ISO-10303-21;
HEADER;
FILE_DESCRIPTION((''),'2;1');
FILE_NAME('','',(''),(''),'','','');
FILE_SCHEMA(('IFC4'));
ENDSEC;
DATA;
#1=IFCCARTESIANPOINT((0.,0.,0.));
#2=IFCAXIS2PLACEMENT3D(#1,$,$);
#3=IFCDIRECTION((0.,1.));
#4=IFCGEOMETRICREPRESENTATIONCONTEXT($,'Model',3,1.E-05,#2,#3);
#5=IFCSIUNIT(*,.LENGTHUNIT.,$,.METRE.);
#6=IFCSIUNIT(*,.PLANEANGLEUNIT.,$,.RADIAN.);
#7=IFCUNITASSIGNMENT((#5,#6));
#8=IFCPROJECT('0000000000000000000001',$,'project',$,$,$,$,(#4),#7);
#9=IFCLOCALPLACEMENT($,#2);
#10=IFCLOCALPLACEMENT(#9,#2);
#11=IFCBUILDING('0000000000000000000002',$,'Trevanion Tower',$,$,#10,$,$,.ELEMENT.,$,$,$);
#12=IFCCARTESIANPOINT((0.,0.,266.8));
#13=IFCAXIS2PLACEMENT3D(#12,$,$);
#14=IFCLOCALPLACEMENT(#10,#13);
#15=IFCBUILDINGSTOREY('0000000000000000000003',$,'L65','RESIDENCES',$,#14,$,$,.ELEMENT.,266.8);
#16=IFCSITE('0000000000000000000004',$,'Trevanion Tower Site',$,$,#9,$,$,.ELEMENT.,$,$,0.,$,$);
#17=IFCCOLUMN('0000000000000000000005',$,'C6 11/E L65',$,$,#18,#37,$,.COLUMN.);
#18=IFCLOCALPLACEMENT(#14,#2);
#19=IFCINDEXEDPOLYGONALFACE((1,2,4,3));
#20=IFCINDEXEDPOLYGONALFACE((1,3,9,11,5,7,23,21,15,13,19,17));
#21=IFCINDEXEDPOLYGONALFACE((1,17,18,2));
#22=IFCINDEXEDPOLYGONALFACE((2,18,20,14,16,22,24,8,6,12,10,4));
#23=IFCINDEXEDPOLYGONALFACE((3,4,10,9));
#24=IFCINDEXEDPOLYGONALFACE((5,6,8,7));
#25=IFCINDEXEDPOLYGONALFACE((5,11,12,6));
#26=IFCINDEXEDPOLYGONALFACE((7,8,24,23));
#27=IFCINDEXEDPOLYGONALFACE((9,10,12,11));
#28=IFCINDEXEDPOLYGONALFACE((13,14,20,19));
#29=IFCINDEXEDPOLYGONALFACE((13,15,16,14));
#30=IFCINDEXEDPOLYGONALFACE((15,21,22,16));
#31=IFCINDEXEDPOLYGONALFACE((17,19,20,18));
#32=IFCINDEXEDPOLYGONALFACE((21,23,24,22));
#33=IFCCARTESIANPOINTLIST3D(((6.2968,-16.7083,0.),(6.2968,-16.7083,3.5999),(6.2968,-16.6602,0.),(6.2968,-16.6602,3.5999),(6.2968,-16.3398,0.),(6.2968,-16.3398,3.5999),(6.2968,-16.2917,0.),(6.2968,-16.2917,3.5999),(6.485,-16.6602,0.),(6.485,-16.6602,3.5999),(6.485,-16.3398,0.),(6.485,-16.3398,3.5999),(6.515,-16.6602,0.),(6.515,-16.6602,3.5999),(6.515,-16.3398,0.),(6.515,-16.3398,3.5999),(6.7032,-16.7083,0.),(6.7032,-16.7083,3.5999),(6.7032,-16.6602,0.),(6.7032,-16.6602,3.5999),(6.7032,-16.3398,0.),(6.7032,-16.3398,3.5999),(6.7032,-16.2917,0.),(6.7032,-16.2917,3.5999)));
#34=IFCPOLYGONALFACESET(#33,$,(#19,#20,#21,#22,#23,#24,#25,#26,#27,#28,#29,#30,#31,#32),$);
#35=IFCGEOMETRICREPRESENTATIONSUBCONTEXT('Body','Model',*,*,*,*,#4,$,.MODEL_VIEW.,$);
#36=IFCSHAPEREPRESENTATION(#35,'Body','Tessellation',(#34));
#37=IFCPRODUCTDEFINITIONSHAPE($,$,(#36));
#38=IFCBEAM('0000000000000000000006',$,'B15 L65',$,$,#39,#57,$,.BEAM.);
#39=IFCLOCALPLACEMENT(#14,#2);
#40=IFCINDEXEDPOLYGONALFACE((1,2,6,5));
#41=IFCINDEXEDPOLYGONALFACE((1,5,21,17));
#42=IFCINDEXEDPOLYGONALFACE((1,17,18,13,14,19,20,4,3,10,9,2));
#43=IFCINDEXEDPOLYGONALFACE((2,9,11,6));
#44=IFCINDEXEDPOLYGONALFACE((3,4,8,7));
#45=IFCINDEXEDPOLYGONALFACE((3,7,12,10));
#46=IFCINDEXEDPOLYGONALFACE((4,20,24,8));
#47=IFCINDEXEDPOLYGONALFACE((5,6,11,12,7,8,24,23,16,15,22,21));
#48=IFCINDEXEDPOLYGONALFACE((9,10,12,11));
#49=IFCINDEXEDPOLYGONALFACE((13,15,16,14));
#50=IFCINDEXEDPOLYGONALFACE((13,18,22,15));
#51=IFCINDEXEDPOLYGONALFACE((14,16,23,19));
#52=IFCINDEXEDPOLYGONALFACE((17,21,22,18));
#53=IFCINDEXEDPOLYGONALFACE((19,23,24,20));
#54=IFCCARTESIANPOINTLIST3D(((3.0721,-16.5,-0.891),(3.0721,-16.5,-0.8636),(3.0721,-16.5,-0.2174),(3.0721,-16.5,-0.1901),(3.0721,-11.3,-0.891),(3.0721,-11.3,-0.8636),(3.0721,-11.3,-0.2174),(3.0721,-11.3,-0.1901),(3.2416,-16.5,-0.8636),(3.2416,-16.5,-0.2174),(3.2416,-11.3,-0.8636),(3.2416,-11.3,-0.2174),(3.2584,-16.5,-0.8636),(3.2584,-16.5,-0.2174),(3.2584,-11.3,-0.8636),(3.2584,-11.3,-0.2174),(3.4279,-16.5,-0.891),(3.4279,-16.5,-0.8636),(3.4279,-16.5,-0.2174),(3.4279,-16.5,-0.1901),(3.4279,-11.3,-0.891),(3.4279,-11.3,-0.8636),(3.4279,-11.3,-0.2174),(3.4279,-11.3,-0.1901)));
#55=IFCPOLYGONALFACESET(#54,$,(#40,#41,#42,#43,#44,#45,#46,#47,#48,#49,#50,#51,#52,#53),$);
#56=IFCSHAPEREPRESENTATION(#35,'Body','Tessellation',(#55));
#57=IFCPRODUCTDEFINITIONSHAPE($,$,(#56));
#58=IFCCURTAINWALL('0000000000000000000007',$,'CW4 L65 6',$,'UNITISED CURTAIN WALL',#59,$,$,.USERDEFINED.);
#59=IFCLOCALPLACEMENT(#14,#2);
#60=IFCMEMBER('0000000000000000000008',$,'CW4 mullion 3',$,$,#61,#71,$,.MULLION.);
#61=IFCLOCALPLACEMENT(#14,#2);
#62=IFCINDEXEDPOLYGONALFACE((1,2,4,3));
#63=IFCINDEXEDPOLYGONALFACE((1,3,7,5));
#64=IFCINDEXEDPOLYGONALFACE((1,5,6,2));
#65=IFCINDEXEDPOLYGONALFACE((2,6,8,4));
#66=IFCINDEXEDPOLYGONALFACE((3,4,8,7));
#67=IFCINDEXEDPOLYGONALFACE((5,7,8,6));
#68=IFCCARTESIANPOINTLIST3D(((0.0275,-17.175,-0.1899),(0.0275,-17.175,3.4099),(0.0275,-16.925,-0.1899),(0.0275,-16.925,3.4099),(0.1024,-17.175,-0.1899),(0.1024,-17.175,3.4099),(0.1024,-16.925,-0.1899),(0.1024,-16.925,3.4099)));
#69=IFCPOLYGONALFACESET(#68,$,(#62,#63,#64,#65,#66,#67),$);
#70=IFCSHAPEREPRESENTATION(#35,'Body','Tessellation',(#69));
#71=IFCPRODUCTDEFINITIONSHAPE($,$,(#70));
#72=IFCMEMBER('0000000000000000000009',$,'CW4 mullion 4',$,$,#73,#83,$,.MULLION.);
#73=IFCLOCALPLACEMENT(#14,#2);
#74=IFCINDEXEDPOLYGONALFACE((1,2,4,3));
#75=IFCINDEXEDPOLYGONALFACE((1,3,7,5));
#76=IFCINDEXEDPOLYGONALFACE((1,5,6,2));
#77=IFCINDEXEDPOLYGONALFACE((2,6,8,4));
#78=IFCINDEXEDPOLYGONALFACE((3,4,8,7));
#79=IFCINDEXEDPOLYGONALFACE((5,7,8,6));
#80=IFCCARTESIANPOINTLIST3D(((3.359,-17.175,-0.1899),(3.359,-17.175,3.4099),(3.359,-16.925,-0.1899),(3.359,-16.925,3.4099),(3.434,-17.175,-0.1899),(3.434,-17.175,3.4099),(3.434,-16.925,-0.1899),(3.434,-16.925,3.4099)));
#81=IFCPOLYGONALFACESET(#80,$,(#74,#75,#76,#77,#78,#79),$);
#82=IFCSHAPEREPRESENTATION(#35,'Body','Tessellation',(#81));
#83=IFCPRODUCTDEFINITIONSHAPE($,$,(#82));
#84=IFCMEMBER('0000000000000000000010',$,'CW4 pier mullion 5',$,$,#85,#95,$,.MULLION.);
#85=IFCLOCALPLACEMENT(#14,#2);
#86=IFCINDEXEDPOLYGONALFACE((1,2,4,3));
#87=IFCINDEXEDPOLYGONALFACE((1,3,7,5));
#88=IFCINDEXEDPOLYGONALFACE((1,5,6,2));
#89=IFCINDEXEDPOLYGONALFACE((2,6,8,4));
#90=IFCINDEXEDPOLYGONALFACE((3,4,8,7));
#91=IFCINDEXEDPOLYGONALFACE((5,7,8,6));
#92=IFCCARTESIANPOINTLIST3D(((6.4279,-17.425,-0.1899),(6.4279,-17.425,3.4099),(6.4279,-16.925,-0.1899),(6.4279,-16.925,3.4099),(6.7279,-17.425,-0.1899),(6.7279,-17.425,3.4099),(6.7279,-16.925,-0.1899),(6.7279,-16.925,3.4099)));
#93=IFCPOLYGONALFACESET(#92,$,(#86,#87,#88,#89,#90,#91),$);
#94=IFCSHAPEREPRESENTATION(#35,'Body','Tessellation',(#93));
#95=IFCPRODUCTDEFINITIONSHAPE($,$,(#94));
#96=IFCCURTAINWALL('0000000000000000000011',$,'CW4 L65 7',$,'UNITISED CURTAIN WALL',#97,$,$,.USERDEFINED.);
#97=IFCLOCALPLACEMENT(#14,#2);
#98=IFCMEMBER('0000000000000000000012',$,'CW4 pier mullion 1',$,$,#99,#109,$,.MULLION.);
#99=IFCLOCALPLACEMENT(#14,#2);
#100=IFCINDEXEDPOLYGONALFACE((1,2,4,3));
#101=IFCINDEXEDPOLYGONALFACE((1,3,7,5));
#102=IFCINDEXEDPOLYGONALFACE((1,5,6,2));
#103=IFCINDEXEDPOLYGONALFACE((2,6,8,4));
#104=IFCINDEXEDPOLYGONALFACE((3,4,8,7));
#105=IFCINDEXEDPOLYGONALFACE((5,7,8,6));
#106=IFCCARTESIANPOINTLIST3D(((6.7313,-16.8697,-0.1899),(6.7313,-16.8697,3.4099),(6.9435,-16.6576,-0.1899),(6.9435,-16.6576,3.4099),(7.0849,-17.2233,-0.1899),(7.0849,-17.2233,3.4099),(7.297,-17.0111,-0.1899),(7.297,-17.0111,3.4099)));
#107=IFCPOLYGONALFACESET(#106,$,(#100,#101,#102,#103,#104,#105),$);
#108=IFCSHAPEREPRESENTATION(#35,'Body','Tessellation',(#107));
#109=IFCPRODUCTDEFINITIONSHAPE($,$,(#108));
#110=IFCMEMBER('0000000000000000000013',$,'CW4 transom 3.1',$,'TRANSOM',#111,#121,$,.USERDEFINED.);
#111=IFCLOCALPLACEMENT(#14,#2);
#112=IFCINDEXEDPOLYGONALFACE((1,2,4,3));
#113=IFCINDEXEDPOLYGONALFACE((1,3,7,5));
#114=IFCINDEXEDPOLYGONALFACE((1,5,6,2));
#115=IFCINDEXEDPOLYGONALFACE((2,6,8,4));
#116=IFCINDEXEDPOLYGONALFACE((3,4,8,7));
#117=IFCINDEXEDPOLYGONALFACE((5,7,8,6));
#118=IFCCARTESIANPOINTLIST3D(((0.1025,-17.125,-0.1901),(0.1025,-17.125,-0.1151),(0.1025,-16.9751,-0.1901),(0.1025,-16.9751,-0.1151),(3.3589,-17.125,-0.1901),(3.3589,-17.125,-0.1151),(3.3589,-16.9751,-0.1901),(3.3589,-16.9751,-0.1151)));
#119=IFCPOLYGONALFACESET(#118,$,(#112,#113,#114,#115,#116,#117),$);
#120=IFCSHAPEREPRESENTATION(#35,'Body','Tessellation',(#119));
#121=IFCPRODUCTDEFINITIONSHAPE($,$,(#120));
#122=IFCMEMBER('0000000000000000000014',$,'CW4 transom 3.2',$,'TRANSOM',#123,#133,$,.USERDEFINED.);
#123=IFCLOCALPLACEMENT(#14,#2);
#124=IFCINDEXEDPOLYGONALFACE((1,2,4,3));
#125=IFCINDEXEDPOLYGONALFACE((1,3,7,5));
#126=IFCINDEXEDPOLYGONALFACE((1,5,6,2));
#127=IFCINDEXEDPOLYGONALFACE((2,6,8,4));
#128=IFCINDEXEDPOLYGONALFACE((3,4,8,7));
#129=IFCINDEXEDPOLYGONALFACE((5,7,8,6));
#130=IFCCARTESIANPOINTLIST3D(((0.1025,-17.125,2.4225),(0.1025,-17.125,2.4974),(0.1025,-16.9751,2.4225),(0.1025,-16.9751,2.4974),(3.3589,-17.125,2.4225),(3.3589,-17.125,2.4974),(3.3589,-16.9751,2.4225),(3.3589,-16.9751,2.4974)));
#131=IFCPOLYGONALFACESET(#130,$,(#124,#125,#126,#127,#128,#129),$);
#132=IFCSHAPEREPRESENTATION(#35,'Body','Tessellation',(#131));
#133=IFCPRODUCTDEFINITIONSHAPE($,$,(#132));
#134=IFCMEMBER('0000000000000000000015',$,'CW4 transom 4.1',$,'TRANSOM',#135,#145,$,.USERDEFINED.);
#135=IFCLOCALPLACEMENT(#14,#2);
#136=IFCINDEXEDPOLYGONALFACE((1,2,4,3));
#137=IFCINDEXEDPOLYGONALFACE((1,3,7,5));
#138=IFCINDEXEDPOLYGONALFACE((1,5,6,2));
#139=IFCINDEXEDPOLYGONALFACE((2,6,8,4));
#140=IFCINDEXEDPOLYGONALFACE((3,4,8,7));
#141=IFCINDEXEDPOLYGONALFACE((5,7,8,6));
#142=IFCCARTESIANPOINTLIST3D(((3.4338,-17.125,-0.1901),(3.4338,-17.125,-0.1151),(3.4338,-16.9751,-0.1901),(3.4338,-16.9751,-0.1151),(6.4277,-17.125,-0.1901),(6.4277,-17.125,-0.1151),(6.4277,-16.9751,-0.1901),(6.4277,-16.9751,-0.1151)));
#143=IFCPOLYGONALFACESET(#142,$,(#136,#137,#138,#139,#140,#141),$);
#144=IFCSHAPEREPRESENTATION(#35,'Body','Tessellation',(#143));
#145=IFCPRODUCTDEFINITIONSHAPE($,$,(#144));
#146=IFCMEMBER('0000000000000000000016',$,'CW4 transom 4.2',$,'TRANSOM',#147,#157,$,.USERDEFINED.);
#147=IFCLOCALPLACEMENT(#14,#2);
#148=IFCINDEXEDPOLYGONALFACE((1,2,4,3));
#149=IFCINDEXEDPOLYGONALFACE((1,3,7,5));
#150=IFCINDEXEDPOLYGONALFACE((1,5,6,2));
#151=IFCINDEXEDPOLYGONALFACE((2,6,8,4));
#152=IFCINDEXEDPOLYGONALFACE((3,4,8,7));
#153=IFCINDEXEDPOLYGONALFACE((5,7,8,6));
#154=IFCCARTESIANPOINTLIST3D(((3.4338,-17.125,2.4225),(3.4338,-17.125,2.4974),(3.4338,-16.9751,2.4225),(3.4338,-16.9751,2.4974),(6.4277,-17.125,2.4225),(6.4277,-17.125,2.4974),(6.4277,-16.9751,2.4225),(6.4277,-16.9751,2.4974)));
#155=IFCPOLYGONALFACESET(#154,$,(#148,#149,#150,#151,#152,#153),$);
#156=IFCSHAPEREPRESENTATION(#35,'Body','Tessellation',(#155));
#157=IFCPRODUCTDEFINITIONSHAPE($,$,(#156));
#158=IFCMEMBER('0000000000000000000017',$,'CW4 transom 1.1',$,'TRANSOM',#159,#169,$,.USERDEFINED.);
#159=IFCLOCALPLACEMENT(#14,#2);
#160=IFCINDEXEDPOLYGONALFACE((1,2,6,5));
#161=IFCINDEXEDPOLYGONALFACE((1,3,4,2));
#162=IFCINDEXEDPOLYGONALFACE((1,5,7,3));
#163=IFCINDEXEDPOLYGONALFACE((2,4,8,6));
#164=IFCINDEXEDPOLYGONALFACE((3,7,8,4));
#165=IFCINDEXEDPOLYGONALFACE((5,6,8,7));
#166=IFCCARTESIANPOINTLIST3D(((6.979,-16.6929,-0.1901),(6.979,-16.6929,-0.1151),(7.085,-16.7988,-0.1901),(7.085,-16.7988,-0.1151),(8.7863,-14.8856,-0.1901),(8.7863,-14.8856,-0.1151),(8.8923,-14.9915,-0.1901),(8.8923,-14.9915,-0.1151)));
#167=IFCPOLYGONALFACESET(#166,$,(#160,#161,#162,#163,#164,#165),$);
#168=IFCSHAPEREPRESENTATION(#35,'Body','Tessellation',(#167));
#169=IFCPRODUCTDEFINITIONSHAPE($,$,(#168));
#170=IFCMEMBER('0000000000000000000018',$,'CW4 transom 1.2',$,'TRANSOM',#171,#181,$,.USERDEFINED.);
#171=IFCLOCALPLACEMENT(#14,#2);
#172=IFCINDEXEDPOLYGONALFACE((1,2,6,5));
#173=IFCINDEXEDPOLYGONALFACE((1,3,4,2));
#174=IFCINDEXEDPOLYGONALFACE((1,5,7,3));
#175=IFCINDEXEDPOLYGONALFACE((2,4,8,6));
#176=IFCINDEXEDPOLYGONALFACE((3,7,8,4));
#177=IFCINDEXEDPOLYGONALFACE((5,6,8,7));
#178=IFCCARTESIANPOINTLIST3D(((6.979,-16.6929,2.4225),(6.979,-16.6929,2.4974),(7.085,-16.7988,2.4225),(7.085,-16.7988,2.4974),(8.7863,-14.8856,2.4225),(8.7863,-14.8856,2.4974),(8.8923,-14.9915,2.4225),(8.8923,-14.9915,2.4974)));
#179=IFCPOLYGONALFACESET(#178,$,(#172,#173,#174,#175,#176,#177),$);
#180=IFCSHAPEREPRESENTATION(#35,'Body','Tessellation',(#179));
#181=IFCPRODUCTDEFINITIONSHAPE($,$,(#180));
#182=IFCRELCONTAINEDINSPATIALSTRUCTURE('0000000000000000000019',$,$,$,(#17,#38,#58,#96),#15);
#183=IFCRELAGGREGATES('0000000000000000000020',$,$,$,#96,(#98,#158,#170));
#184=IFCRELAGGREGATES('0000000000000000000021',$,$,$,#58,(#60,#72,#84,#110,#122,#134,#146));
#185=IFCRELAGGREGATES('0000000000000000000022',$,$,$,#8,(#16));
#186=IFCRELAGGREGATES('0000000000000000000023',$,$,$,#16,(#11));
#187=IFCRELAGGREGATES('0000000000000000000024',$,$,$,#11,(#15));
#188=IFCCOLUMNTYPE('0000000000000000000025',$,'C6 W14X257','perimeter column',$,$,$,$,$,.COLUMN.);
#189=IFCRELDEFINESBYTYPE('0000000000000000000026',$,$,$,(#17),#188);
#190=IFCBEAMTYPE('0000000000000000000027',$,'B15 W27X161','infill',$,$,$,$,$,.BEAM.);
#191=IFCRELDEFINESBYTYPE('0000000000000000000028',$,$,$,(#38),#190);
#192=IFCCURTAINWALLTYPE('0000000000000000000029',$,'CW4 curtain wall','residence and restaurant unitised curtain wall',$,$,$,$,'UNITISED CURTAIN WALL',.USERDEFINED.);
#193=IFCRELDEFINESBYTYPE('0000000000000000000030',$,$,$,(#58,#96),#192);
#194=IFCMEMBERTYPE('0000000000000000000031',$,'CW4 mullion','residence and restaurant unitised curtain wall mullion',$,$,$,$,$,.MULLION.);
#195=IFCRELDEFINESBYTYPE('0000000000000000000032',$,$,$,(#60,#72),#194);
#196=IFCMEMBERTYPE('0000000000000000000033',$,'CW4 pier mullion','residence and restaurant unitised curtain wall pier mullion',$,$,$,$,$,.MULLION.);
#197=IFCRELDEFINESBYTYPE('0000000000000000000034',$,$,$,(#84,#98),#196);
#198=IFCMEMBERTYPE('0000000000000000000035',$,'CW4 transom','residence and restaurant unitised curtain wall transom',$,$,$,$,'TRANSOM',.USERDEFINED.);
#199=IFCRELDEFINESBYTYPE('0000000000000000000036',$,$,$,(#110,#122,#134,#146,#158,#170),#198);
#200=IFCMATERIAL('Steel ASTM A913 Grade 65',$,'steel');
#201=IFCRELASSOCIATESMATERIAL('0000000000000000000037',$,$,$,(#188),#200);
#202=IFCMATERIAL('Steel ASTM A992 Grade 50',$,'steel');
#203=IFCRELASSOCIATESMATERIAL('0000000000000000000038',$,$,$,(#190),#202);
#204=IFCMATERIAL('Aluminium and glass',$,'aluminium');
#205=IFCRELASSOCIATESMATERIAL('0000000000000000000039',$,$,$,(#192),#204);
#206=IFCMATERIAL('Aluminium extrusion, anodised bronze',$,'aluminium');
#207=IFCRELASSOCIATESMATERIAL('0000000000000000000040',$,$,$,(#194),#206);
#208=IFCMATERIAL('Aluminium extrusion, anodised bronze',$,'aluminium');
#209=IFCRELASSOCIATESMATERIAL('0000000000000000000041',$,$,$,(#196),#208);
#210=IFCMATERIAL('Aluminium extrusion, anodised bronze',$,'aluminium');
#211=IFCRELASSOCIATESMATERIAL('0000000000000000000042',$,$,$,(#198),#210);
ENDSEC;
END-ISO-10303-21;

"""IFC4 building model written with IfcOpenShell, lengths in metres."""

from ifc_helpers import new_model, si_unit, direction, frame, origin, origin_2d, place, context, subcontext, project, spatial, rectangle, i_section, extrude, material, material_profile, profile_set, type_object, element, aggregate, save


model = new_model("IFC4")

# Units and contexts
model_context = context("Model", 3, precision=1e-05, world=origin(), true_north=direction((0.0, 1.0)))
body_context = subcontext(model_context, "Body", "Model", "MODEL_VIEW")
ifc_project = project(units=[si_unit("LENGTHUNIT", "METRE"), si_unit("PLANEANGLEUNIT", "RADIAN")], contexts=[model_context])

# Site, building, storey
site_placement = place(None, origin())
site = spatial("IfcSite", under=ifc_project, at=site_placement, Name="Trevanion Tower Site", CompositionType="ELEMENT", RefElevation=0.0)
building_placement = place(site_placement, origin())
building = spatial("IfcBuilding", under=site, at=building_placement, Name="Trevanion Tower", CompositionType="ELEMENT")
storey_placement = place(building_placement, frame((0.0, 0.0, 266.8)))
storey = spatial("IfcBuildingStorey", under=building, at=storey_placement, Name="L65", Description="RESIDENCES", CompositionType="ELEMENT", Elevation=266.8)

# Column
ifc_material_1 = material(Name="Steel ASTM A913 Grade 65", Category="steel")
ifc_material_profile_1 = material_profile(ifc_material_1, i_section(OverallWidth=0.4065, OverallDepth=0.4165, WebThickness=0.03, FlangeThickness=0.0481, at=origin_2d()), Name="W14X257")
ifc_profile_set_1 = profile_set([ifc_material_profile_1], Name="Steel ASTM A913 Grade 65")
column_type = type_object("IfcColumnType", Name="C6 W14X257", Description="perimeter column", PredefinedType="COLUMN", material=ifc_profile_set_1)
column_placement = place(storey_placement, frame((6.5, -16.5, 0.0), z_axis=(0.0, 0.0, 1.0), x_axis=(1.0, 0.0, 0.0)))
element("IfcColumn", 1, at=column_placement, inside=storey, type_object=column_type, Name="C6 11/E L65", PredefinedType="COLUMN", context=body_context, shape_type="SweptSolid", body=[
    extrude(i_section(OverallWidth=0.4065, OverallDepth=0.4165, WebThickness=0.03, FlangeThickness=0.0481, at=origin_2d()), origin(), (0.0, 0.0, 1.0), 3.5999),
])

# Beam
ifc_material_2 = material(Name="Steel ASTM A992 Grade 50", Category="steel")
ifc_material_profile_2 = material_profile(ifc_material_2, i_section(OverallWidth=0.3557, OverallDepth=0.7009, WebThickness=0.0168, FlangeThickness=0.0273, at=origin_2d()), Name="W27X161")
ifc_profile_set_2 = profile_set([ifc_material_profile_2], Name="Steel ASTM A992 Grade 50")
beam_type_1 = type_object("IfcBeamType", Name="B15 W27X161", Description="infill", PredefinedType="BEAM", material=ifc_profile_set_2)
beam_1_placement = place(storey_placement, frame((3.25, -11.3, -0.5405), z_axis=(0.0, -1.0, 0.0), x_axis=(1.0, 0.0, 0.0)))
element("IfcBeam", 2, at=beam_1_placement, inside=storey, type_object=beam_type_1, Name="B15 L65", PredefinedType="BEAM", context=body_context, shape_type="SweptSolid", body=[
    extrude(i_section(OverallWidth=0.3557, OverallDepth=0.7009, WebThickness=0.0168, FlangeThickness=0.0273, at=origin_2d()), origin(), (0.0, 0.0, 1.0), 5.2),
])

# Curtain wall, members
ifc_material_3 = material(Name="Aluminium and glass", Category="aluminium")
curtain_wall_type = type_object("IfcCurtainWallType", Name="CW4 curtain wall", Description="residence and restaurant unitised curtain wall", ElementType="UNITISED CURTAIN WALL", PredefinedType="USERDEFINED", material=ifc_material_3)
curtain_wall_1_placement = place(storey_placement, origin())
curtain_wall_1 = element("IfcCurtainWall", 3, at=curtain_wall_1_placement, inside=storey, type_object=curtain_wall_type, Name="CW4 L65 6", ObjectType="UNITISED CURTAIN WALL", PredefinedType="USERDEFINED")
ifc_material_4 = material(Name="Aluminium extrusion, anodised bronze", Category="aluminium")
ifc_material_profile_3 = material_profile(ifc_material_4, rectangle(XDim=0.075, YDim=0.25, at=origin_2d()), Name="CW4 mullion")
ifc_profile_set_3 = profile_set([ifc_material_profile_3], Name="Aluminium extrusion, anodised bronze")
member_type_1 = type_object("IfcMemberType", Name="CW4 mullion", Description="residence and restaurant unitised curtain wall mullion", PredefinedType="MULLION", material=ifc_profile_set_3)
member_1_placement = place(storey_placement, frame((0.0649, -17.05, -0.1899), z_axis=(0.0, 0.0, 1.0), x_axis=(1.0, 0.0, 0.0)))
member_1 = element("IfcMember", 4, at=member_1_placement, type_object=member_type_1, Name="CW4 mullion 3", PredefinedType="MULLION", context=body_context, shape_type="SweptSolid", body=[
    extrude(rectangle(XDim=0.075, YDim=0.25, at=origin_2d()), origin(), (0.0, 0.0, 1.0), 3.5999),
])
member_2_placement = place(storey_placement, frame((3.3965, -17.05, -0.1899), z_axis=(0.0, 0.0, 1.0), x_axis=(1.0, 0.0, 0.0)))
member_2 = element("IfcMember", 5, at=member_2_placement, type_object=member_type_1, Name="CW4 mullion 4", PredefinedType="MULLION", context=body_context, shape_type="SweptSolid", body=[
    extrude(rectangle(XDim=0.075, YDim=0.25, at=origin_2d()), origin(), (0.0, 0.0, 1.0), 3.5999),
])
ifc_material_5 = material(Name="Aluminium extrusion, anodised bronze", Category="aluminium")
ifc_material_profile_4 = material_profile(ifc_material_5, rectangle(XDim=0.3, YDim=0.5, at=origin_2d()), Name="CW4 pier mullion")
ifc_profile_set_4 = profile_set([ifc_material_profile_4], Name="Aluminium extrusion, anodised bronze")
member_type_2 = type_object("IfcMemberType", Name="CW4 pier mullion", Description="residence and restaurant unitised curtain wall pier mullion", PredefinedType="MULLION", material=ifc_profile_set_4)
member_3_placement = place(storey_placement, frame((6.5779, -17.175, -0.1899), z_axis=(0.0, 0.0, 1.0), x_axis=(1.0, 0.0, 0.0)))
member_3 = element("IfcMember", 6, at=member_3_placement, type_object=member_type_2, Name="CW4 pier mullion 5", PredefinedType="MULLION", context=body_context, shape_type="SweptSolid", body=[
    extrude(rectangle(XDim=0.3, YDim=0.5, at=origin_2d()), origin(), (0.0, 0.0, 1.0), 3.5999),
])

# Curtain wall, member
curtain_wall_2_placement = place(storey_placement, origin())
curtain_wall_2 = element("IfcCurtainWall", 7, at=curtain_wall_2_placement, inside=storey, type_object=curtain_wall_type, Name="CW4 L65 7", ObjectType="UNITISED CURTAIN WALL", PredefinedType="USERDEFINED")
member_4_placement = place(storey_placement, frame((7.0142, -16.9404, -0.1899), z_axis=(0.0, 0.0, 1.0), x_axis=(0.707107, 0.707107, 0.0)))
member_4 = element("IfcMember", 8, at=member_4_placement, type_object=member_type_2, Name="CW4 pier mullion 1", PredefinedType="MULLION", context=body_context, shape_type="SweptSolid", body=[
    extrude(rectangle(XDim=0.3, YDim=0.5, at=origin_2d()), origin(), (0.0, 0.0, 1.0), 3.5999),
])

# Members
ifc_material_6 = material(Name="Aluminium extrusion, anodised bronze", Category="aluminium")
ifc_material_profile_5 = material_profile(ifc_material_6, rectangle(XDim=0.1499, YDim=0.075, at=origin_2d()), Name="CW4 transom")
ifc_profile_set_5 = profile_set([ifc_material_profile_5], Name="Aluminium extrusion, anodised bronze")
member_type_3 = type_object("IfcMemberType", Name="CW4 transom", Description="residence and restaurant unitised curtain wall transom", ElementType="TRANSOM", PredefinedType="USERDEFINED", material=ifc_profile_set_5)
member_5_placement = place(storey_placement, frame((0.1025, -17.05, -0.1526), z_axis=(1.0, 0.0, 0.0), x_axis=(0.0, 1.0, 0.0)))
member_5 = element("IfcMember", 9, at=member_5_placement, type_object=member_type_3, Name="CW4 transom 3.1", ObjectType="TRANSOM", PredefinedType="USERDEFINED", context=body_context, shape_type="SweptSolid", body=[
    extrude(rectangle(XDim=0.1499, YDim=0.075, at=origin_2d()), origin(), (0.0, 0.0, 1.0), 3.2563),
])
member_6_placement = place(storey_placement, frame((0.1025, -17.05, 2.46), z_axis=(1.0, 0.0, 0.0), x_axis=(0.0, 1.0, 0.0)))
member_6 = element("IfcMember", 10, at=member_6_placement, type_object=member_type_3, Name="CW4 transom 3.2", ObjectType="TRANSOM", PredefinedType="USERDEFINED", context=body_context, shape_type="SweptSolid", body=[
    extrude(rectangle(XDim=0.1499, YDim=0.075, at=origin_2d()), origin(), (0.0, 0.0, 1.0), 3.2563),
])
member_7_placement = place(storey_placement, frame((3.4338, -17.05, -0.1526), z_axis=(1.0, 0.0, 0.0), x_axis=(0.0, 1.0, 0.0)))
member_7 = element("IfcMember", 11, at=member_7_placement, type_object=member_type_3, Name="CW4 transom 4.1", ObjectType="TRANSOM", PredefinedType="USERDEFINED", context=body_context, shape_type="SweptSolid", body=[
    extrude(rectangle(XDim=0.1499, YDim=0.075, at=origin_2d()), origin(), (0.0, 0.0, 1.0), 2.9939),
])
member_8_placement = place(storey_placement, frame((3.4338, -17.05, 2.46), z_axis=(1.0, 0.0, 0.0), x_axis=(0.0, 1.0, 0.0)))
member_8 = element("IfcMember", 12, at=member_8_placement, type_object=member_type_3, Name="CW4 transom 4.2", ObjectType="TRANSOM", PredefinedType="USERDEFINED", context=body_context, shape_type="SweptSolid", body=[
    extrude(rectangle(XDim=0.1499, YDim=0.075, at=origin_2d()), origin(), (0.0, 0.0, 1.0), 2.9939),
])
member_9_placement = place(storey_placement, frame((7.032, -16.7458, -0.1526), z_axis=(0.707107, 0.707107, 0.0), x_axis=(-0.707107, 0.707107, 0.0)))
member_9 = element("IfcMember", 13, at=member_9_placement, type_object=member_type_3, Name="CW4 transom 1.1", ObjectType="TRANSOM", PredefinedType="USERDEFINED", context=body_context, shape_type="SweptSolid", body=[
    extrude(rectangle(XDim=0.1499, YDim=0.075, at=origin_2d()), origin(), (0.0, 0.0, 1.0), 2.5559),
])
member_10_placement = place(storey_placement, frame((7.032, -16.7458, 2.46), z_axis=(0.707107, 0.707107, 0.0), x_axis=(-0.707107, 0.707107, 0.0)))
member_10 = element("IfcMember", 14, at=member_10_placement, type_object=member_type_3, Name="CW4 transom 1.2", ObjectType="TRANSOM", PredefinedType="USERDEFINED", context=body_context, shape_type="SweptSolid", body=[
    extrude(rectangle(XDim=0.1499, YDim=0.075, at=origin_2d()), origin(), (0.0, 0.0, 1.0), 2.5559),
])
aggregate(curtain_wall_2, [member_4, member_9, member_10])

aggregate(curtain_wall_1, [member_1, member_2, member_3, member_5, member_6, member_7, member_8])

save(model, "model.ifc")
